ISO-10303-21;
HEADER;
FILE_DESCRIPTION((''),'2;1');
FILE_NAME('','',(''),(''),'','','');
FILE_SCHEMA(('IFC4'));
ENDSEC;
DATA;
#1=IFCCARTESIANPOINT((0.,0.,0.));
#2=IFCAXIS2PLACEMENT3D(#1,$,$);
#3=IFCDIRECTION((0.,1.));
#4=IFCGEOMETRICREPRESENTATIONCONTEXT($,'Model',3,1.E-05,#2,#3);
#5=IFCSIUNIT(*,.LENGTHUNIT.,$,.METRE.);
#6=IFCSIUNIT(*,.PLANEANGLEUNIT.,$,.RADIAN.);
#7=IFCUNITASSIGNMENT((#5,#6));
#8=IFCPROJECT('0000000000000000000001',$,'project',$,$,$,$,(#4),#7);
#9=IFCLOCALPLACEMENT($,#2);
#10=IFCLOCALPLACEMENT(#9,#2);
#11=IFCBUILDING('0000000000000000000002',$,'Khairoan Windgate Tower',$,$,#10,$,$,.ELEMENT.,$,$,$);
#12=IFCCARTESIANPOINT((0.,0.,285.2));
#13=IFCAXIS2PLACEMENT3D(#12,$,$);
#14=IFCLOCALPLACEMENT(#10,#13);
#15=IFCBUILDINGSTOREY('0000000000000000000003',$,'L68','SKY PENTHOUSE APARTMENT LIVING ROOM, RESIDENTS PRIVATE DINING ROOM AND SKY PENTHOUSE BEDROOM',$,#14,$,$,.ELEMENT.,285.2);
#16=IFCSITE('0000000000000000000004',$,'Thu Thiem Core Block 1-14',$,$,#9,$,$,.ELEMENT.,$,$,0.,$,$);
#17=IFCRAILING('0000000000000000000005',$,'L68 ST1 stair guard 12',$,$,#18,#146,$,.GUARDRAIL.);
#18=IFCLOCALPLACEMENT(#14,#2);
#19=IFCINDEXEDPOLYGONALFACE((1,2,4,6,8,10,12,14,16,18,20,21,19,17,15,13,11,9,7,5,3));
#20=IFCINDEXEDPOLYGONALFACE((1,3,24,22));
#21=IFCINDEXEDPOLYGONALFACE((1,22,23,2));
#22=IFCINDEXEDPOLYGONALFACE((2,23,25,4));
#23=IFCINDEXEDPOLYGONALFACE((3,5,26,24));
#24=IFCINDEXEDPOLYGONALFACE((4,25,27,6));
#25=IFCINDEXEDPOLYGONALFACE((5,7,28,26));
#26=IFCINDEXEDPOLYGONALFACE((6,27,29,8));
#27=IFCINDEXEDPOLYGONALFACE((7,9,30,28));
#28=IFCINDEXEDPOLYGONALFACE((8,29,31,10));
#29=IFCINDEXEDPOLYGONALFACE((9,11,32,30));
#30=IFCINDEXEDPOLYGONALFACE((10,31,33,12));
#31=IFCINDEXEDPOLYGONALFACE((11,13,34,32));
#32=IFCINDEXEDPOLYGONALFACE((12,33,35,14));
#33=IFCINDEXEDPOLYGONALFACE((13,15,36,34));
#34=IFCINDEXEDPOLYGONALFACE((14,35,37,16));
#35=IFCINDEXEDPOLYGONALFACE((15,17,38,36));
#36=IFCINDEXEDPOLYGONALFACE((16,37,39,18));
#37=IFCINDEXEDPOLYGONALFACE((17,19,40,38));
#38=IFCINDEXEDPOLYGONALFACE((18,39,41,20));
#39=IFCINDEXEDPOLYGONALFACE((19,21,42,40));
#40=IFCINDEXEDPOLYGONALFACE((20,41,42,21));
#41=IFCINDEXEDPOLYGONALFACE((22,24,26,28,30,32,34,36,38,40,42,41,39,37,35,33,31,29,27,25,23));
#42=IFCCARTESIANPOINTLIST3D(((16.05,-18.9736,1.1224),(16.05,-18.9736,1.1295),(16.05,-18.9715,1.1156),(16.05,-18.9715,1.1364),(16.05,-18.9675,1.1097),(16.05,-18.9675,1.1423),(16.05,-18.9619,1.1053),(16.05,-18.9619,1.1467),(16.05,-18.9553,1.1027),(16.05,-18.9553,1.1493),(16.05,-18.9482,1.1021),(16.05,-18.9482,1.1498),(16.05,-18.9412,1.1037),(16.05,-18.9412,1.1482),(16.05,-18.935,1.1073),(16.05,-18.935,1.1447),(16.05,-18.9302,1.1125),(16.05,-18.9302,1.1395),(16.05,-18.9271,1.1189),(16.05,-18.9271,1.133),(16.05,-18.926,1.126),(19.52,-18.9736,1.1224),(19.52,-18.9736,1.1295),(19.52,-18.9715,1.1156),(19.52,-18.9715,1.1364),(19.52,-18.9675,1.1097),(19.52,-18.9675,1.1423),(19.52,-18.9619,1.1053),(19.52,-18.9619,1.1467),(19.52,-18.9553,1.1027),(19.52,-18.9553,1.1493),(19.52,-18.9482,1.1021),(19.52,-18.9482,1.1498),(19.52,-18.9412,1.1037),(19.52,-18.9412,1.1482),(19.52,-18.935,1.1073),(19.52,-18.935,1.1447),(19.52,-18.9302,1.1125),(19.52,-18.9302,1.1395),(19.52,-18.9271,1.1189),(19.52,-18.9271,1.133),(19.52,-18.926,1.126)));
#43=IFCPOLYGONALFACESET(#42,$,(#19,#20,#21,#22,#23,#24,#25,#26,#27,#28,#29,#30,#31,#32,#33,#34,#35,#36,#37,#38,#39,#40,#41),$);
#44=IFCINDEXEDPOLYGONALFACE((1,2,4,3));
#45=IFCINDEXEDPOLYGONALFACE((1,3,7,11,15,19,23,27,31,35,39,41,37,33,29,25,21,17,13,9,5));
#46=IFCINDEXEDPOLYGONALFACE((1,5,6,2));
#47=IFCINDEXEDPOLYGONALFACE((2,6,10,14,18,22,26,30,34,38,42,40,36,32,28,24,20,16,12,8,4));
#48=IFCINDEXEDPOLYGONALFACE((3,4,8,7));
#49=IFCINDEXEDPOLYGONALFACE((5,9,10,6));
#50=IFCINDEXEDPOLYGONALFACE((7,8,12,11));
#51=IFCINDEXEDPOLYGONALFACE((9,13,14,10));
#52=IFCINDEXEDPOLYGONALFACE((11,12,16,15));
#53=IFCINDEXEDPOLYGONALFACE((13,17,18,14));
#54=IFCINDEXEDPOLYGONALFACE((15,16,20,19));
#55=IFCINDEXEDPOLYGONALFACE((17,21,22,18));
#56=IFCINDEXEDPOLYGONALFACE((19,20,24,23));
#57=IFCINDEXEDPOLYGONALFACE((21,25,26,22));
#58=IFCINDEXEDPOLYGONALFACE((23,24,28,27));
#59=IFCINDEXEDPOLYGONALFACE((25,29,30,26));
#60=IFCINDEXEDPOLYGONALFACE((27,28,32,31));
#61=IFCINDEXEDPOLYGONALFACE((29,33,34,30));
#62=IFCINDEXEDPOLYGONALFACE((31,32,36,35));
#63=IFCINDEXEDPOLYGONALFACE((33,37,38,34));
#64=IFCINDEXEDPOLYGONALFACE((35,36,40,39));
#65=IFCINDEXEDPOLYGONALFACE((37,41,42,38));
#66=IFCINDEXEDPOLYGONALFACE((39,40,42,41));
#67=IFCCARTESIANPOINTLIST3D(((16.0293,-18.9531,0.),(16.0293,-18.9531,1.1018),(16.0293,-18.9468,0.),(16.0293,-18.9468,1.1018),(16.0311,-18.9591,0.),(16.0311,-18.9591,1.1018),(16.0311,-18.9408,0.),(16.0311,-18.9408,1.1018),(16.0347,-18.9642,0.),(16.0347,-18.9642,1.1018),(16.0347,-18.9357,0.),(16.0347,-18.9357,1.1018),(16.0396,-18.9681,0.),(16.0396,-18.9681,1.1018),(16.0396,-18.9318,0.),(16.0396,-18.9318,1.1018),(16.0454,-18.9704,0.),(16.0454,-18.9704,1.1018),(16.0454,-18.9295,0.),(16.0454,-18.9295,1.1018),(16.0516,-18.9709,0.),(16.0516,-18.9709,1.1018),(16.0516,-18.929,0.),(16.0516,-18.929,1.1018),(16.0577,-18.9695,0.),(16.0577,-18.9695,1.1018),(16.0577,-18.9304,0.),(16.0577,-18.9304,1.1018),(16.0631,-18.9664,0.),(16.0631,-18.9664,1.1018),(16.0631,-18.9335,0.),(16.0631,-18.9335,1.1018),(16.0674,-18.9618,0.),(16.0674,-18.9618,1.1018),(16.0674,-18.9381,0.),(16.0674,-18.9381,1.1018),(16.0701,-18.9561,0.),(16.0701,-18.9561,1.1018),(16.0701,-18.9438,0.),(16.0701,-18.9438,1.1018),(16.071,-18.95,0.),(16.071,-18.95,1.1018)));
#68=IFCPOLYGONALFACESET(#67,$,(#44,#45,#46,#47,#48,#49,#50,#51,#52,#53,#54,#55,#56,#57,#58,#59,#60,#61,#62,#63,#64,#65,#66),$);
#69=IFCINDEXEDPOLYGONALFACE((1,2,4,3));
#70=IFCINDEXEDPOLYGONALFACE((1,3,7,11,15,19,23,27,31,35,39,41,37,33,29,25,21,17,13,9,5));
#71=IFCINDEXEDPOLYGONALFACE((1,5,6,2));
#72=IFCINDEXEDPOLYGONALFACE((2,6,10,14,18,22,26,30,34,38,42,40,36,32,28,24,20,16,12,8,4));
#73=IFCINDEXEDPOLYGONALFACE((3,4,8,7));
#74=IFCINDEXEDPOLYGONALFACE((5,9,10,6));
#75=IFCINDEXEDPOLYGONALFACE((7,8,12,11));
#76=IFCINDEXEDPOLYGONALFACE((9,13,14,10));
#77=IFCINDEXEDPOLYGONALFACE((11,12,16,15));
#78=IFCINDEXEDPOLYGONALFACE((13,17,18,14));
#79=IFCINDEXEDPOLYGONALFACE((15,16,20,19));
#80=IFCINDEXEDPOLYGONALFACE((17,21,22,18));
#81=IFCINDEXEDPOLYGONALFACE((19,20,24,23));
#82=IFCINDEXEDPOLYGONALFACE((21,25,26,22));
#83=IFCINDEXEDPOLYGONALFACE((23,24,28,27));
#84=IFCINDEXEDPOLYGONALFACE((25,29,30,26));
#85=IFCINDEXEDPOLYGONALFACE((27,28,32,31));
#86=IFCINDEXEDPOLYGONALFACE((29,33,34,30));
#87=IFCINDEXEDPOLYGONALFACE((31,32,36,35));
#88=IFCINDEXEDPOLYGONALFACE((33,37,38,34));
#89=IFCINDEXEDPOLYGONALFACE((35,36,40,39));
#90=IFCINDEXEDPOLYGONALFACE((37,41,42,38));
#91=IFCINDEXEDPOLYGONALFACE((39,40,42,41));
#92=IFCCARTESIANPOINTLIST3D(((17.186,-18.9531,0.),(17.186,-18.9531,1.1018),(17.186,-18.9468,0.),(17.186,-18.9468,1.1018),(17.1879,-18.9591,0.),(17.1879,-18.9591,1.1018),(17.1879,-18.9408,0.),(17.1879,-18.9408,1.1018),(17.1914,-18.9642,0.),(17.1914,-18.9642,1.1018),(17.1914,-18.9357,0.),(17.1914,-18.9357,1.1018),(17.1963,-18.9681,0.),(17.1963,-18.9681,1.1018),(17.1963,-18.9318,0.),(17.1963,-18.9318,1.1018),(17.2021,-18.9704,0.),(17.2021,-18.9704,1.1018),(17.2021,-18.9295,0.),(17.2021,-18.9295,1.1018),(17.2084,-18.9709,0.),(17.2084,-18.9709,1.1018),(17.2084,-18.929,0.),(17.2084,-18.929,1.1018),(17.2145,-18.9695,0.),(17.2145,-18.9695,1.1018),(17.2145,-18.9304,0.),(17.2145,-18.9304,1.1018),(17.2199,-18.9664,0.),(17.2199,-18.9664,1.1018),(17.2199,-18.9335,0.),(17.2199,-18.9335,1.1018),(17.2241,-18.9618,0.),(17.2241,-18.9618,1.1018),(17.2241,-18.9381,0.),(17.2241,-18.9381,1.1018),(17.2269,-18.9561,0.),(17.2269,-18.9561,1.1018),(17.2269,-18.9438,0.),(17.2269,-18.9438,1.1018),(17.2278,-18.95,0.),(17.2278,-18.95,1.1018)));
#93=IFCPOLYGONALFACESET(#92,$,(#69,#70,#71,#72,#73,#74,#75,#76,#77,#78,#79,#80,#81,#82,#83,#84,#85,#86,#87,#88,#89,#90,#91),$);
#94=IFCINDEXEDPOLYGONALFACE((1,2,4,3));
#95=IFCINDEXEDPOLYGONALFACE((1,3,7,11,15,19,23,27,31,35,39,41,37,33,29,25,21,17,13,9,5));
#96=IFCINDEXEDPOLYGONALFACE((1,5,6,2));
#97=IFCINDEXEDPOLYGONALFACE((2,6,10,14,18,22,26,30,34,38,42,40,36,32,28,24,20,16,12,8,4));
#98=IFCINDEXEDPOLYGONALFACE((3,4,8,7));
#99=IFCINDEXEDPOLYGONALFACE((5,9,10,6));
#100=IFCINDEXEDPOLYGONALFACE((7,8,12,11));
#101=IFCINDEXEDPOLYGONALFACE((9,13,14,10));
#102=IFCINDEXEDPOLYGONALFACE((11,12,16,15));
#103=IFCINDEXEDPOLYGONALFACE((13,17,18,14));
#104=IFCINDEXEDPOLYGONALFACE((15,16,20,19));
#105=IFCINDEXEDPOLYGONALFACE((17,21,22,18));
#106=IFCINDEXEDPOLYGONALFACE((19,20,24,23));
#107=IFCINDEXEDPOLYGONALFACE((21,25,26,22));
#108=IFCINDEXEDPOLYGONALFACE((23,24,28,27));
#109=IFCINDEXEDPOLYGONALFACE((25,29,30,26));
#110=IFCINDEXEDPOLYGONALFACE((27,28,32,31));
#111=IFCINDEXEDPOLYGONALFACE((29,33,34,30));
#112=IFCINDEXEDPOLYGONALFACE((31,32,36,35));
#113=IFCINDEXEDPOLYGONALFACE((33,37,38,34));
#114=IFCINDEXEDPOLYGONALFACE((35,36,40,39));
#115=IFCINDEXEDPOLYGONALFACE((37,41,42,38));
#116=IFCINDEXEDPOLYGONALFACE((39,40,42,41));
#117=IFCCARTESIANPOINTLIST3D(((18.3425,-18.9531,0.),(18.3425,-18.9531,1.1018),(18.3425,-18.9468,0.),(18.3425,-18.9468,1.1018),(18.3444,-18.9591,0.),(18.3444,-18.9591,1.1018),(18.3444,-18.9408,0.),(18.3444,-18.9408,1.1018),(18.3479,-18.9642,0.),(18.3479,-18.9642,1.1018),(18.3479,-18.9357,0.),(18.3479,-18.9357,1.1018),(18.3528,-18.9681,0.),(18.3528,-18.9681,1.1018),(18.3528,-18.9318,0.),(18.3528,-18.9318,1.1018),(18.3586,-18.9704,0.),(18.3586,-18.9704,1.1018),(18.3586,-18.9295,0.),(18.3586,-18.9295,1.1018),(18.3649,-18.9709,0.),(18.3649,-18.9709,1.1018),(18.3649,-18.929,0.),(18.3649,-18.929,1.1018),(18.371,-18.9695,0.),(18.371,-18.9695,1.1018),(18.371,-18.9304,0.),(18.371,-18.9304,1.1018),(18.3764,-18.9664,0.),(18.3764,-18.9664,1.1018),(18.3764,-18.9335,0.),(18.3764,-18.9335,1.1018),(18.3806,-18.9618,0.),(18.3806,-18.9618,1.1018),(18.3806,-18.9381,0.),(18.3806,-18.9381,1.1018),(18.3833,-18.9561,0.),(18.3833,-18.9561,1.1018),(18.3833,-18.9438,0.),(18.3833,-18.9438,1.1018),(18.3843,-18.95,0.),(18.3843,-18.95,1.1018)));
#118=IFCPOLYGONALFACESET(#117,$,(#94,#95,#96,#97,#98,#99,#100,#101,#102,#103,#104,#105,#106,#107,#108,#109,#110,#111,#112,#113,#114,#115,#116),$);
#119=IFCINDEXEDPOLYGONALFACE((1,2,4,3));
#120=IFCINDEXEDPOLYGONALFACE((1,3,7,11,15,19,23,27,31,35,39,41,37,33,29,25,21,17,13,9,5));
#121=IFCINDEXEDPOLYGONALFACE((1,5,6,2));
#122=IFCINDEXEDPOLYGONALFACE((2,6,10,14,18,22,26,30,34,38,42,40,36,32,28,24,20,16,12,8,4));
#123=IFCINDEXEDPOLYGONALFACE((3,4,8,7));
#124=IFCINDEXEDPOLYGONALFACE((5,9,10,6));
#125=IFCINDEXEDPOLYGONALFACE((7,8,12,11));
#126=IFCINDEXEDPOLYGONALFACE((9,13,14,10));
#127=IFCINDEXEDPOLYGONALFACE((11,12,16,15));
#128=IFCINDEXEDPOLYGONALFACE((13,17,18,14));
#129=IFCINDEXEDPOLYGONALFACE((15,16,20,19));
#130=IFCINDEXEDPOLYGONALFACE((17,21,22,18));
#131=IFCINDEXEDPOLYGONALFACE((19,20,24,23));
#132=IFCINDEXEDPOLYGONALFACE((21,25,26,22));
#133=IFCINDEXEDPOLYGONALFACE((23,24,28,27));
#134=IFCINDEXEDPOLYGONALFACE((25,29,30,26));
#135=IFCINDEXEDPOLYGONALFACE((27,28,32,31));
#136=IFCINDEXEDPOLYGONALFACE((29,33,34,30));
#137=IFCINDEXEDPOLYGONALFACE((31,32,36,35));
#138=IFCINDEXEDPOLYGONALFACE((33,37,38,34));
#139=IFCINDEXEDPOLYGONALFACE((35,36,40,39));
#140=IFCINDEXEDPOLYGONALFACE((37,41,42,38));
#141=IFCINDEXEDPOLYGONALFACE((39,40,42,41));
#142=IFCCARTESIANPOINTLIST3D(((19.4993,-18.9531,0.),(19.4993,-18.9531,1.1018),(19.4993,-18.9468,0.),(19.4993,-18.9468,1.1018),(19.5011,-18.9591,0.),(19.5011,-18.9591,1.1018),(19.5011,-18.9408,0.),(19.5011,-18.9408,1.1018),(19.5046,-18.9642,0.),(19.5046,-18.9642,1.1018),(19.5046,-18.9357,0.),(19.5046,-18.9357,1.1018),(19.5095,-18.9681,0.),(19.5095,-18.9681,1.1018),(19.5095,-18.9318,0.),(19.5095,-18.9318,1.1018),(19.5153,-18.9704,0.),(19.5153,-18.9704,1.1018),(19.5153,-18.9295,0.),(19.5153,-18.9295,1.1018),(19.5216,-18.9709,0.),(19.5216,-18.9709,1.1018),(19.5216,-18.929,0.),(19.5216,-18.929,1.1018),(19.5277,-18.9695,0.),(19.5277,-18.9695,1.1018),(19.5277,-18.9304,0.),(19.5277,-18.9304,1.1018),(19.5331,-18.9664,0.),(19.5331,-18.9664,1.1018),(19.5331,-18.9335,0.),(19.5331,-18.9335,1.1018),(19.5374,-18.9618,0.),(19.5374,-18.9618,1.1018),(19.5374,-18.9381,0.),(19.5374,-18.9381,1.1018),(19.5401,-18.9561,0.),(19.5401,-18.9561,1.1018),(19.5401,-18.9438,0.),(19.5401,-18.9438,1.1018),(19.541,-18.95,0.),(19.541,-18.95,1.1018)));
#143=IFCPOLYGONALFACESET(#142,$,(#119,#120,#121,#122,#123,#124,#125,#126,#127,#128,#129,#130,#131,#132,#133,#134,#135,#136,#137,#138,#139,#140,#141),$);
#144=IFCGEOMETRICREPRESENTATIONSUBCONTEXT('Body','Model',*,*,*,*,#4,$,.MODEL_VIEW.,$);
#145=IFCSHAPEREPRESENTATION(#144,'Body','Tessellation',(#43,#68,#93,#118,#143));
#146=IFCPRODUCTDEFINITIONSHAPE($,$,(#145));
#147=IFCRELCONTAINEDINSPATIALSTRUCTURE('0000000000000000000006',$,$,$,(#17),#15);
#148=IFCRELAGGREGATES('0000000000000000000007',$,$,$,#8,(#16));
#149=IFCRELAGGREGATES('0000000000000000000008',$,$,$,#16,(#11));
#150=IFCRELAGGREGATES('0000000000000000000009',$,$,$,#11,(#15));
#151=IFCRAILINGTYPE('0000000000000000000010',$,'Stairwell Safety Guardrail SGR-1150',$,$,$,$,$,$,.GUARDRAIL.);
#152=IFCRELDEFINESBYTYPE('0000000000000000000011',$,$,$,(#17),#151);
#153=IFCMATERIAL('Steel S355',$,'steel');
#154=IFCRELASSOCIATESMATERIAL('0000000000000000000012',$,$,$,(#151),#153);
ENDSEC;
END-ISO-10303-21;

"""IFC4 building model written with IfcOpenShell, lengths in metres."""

from ifc_helpers import new_model, si_unit, direction, frame, origin, origin_2d, place, context, subcontext, project, spatial, circle, extrude, material, type_object, element, save


model = new_model("IFC4")

# Units and contexts
model_context = context("Model", 3, precision=1e-05, world=origin(), true_north=direction((0.0, 1.0)))
body_context = subcontext(model_context, "Body", "Model", "MODEL_VIEW")
ifc_project = project(units=[si_unit("LENGTHUNIT", "METRE"), si_unit("PLANEANGLEUNIT", "RADIAN")], contexts=[model_context])

# Site, building, storey
site_placement = place(None, origin())
site = spatial("IfcSite", under=ifc_project, at=site_placement, Name="Thu Thiem Core Block 1-14", CompositionType="ELEMENT", RefElevation=0.0)
building_placement = place(site_placement, origin())
building = spatial("IfcBuilding", under=site, at=building_placement, Name="Khairoan Windgate Tower", CompositionType="ELEMENT")
storey_placement = place(building_placement, frame((0.0, 0.0, 285.2)))
storey = spatial("IfcBuildingStorey", under=building, at=storey_placement, Name="L68", Description="SKY PENTHOUSE APARTMENT LIVING ROOM, RESIDENTS PRIVATE DINING ROOM AND SKY PENTHOUSE BEDROOM", CompositionType="ELEMENT", Elevation=285.2)

# Railing
ifc_material_1 = material(Name="Steel S355", Category="steel")
railing_type = type_object("IfcRailingType", Name="Stairwell Safety Guardrail SGR-1150", PredefinedType="GUARDRAIL", material=ifc_material_1)
railing_placement = place(storey_placement, frame((16.05, -18.95, 0.0)))
element("IfcRailing", 1, at=railing_placement, inside=storey, type_object=railing_type, Name="L68 ST1 stair guard 12", PredefinedType="GUARDRAIL", context=body_context, shape_type="SweptSolid", body=[
    extrude(circle(Radius=0.0239, at=origin_2d()), frame((0.0, 0.0, 1.126), z_axis=(1.0, 0.0, 0.0), x_axis=(0.0, 1.0, 0.0)), (0.0, 0.0, 1.0), 3.47),
    extrude(circle(Radius=0.021, at=origin_2d()), origin(), (0.0, 0.0, 1.0), 1.1018),
    extrude(circle(Radius=0.021, at=origin_2d()), frame((1.1567, 0.0, 0.0)), (0.0, 0.0, 1.0), 1.1018),
    extrude(circle(Radius=0.021, at=origin_2d()), frame((2.3132, 0.0, 0.0)), (0.0, 0.0, 1.0), 1.1018),
    extrude(circle(Radius=0.021, at=origin_2d()), frame((3.47, 0.0, 0.0)), (0.0, 0.0, 1.0), 1.1018),
])

save(model, "model.ifc")
